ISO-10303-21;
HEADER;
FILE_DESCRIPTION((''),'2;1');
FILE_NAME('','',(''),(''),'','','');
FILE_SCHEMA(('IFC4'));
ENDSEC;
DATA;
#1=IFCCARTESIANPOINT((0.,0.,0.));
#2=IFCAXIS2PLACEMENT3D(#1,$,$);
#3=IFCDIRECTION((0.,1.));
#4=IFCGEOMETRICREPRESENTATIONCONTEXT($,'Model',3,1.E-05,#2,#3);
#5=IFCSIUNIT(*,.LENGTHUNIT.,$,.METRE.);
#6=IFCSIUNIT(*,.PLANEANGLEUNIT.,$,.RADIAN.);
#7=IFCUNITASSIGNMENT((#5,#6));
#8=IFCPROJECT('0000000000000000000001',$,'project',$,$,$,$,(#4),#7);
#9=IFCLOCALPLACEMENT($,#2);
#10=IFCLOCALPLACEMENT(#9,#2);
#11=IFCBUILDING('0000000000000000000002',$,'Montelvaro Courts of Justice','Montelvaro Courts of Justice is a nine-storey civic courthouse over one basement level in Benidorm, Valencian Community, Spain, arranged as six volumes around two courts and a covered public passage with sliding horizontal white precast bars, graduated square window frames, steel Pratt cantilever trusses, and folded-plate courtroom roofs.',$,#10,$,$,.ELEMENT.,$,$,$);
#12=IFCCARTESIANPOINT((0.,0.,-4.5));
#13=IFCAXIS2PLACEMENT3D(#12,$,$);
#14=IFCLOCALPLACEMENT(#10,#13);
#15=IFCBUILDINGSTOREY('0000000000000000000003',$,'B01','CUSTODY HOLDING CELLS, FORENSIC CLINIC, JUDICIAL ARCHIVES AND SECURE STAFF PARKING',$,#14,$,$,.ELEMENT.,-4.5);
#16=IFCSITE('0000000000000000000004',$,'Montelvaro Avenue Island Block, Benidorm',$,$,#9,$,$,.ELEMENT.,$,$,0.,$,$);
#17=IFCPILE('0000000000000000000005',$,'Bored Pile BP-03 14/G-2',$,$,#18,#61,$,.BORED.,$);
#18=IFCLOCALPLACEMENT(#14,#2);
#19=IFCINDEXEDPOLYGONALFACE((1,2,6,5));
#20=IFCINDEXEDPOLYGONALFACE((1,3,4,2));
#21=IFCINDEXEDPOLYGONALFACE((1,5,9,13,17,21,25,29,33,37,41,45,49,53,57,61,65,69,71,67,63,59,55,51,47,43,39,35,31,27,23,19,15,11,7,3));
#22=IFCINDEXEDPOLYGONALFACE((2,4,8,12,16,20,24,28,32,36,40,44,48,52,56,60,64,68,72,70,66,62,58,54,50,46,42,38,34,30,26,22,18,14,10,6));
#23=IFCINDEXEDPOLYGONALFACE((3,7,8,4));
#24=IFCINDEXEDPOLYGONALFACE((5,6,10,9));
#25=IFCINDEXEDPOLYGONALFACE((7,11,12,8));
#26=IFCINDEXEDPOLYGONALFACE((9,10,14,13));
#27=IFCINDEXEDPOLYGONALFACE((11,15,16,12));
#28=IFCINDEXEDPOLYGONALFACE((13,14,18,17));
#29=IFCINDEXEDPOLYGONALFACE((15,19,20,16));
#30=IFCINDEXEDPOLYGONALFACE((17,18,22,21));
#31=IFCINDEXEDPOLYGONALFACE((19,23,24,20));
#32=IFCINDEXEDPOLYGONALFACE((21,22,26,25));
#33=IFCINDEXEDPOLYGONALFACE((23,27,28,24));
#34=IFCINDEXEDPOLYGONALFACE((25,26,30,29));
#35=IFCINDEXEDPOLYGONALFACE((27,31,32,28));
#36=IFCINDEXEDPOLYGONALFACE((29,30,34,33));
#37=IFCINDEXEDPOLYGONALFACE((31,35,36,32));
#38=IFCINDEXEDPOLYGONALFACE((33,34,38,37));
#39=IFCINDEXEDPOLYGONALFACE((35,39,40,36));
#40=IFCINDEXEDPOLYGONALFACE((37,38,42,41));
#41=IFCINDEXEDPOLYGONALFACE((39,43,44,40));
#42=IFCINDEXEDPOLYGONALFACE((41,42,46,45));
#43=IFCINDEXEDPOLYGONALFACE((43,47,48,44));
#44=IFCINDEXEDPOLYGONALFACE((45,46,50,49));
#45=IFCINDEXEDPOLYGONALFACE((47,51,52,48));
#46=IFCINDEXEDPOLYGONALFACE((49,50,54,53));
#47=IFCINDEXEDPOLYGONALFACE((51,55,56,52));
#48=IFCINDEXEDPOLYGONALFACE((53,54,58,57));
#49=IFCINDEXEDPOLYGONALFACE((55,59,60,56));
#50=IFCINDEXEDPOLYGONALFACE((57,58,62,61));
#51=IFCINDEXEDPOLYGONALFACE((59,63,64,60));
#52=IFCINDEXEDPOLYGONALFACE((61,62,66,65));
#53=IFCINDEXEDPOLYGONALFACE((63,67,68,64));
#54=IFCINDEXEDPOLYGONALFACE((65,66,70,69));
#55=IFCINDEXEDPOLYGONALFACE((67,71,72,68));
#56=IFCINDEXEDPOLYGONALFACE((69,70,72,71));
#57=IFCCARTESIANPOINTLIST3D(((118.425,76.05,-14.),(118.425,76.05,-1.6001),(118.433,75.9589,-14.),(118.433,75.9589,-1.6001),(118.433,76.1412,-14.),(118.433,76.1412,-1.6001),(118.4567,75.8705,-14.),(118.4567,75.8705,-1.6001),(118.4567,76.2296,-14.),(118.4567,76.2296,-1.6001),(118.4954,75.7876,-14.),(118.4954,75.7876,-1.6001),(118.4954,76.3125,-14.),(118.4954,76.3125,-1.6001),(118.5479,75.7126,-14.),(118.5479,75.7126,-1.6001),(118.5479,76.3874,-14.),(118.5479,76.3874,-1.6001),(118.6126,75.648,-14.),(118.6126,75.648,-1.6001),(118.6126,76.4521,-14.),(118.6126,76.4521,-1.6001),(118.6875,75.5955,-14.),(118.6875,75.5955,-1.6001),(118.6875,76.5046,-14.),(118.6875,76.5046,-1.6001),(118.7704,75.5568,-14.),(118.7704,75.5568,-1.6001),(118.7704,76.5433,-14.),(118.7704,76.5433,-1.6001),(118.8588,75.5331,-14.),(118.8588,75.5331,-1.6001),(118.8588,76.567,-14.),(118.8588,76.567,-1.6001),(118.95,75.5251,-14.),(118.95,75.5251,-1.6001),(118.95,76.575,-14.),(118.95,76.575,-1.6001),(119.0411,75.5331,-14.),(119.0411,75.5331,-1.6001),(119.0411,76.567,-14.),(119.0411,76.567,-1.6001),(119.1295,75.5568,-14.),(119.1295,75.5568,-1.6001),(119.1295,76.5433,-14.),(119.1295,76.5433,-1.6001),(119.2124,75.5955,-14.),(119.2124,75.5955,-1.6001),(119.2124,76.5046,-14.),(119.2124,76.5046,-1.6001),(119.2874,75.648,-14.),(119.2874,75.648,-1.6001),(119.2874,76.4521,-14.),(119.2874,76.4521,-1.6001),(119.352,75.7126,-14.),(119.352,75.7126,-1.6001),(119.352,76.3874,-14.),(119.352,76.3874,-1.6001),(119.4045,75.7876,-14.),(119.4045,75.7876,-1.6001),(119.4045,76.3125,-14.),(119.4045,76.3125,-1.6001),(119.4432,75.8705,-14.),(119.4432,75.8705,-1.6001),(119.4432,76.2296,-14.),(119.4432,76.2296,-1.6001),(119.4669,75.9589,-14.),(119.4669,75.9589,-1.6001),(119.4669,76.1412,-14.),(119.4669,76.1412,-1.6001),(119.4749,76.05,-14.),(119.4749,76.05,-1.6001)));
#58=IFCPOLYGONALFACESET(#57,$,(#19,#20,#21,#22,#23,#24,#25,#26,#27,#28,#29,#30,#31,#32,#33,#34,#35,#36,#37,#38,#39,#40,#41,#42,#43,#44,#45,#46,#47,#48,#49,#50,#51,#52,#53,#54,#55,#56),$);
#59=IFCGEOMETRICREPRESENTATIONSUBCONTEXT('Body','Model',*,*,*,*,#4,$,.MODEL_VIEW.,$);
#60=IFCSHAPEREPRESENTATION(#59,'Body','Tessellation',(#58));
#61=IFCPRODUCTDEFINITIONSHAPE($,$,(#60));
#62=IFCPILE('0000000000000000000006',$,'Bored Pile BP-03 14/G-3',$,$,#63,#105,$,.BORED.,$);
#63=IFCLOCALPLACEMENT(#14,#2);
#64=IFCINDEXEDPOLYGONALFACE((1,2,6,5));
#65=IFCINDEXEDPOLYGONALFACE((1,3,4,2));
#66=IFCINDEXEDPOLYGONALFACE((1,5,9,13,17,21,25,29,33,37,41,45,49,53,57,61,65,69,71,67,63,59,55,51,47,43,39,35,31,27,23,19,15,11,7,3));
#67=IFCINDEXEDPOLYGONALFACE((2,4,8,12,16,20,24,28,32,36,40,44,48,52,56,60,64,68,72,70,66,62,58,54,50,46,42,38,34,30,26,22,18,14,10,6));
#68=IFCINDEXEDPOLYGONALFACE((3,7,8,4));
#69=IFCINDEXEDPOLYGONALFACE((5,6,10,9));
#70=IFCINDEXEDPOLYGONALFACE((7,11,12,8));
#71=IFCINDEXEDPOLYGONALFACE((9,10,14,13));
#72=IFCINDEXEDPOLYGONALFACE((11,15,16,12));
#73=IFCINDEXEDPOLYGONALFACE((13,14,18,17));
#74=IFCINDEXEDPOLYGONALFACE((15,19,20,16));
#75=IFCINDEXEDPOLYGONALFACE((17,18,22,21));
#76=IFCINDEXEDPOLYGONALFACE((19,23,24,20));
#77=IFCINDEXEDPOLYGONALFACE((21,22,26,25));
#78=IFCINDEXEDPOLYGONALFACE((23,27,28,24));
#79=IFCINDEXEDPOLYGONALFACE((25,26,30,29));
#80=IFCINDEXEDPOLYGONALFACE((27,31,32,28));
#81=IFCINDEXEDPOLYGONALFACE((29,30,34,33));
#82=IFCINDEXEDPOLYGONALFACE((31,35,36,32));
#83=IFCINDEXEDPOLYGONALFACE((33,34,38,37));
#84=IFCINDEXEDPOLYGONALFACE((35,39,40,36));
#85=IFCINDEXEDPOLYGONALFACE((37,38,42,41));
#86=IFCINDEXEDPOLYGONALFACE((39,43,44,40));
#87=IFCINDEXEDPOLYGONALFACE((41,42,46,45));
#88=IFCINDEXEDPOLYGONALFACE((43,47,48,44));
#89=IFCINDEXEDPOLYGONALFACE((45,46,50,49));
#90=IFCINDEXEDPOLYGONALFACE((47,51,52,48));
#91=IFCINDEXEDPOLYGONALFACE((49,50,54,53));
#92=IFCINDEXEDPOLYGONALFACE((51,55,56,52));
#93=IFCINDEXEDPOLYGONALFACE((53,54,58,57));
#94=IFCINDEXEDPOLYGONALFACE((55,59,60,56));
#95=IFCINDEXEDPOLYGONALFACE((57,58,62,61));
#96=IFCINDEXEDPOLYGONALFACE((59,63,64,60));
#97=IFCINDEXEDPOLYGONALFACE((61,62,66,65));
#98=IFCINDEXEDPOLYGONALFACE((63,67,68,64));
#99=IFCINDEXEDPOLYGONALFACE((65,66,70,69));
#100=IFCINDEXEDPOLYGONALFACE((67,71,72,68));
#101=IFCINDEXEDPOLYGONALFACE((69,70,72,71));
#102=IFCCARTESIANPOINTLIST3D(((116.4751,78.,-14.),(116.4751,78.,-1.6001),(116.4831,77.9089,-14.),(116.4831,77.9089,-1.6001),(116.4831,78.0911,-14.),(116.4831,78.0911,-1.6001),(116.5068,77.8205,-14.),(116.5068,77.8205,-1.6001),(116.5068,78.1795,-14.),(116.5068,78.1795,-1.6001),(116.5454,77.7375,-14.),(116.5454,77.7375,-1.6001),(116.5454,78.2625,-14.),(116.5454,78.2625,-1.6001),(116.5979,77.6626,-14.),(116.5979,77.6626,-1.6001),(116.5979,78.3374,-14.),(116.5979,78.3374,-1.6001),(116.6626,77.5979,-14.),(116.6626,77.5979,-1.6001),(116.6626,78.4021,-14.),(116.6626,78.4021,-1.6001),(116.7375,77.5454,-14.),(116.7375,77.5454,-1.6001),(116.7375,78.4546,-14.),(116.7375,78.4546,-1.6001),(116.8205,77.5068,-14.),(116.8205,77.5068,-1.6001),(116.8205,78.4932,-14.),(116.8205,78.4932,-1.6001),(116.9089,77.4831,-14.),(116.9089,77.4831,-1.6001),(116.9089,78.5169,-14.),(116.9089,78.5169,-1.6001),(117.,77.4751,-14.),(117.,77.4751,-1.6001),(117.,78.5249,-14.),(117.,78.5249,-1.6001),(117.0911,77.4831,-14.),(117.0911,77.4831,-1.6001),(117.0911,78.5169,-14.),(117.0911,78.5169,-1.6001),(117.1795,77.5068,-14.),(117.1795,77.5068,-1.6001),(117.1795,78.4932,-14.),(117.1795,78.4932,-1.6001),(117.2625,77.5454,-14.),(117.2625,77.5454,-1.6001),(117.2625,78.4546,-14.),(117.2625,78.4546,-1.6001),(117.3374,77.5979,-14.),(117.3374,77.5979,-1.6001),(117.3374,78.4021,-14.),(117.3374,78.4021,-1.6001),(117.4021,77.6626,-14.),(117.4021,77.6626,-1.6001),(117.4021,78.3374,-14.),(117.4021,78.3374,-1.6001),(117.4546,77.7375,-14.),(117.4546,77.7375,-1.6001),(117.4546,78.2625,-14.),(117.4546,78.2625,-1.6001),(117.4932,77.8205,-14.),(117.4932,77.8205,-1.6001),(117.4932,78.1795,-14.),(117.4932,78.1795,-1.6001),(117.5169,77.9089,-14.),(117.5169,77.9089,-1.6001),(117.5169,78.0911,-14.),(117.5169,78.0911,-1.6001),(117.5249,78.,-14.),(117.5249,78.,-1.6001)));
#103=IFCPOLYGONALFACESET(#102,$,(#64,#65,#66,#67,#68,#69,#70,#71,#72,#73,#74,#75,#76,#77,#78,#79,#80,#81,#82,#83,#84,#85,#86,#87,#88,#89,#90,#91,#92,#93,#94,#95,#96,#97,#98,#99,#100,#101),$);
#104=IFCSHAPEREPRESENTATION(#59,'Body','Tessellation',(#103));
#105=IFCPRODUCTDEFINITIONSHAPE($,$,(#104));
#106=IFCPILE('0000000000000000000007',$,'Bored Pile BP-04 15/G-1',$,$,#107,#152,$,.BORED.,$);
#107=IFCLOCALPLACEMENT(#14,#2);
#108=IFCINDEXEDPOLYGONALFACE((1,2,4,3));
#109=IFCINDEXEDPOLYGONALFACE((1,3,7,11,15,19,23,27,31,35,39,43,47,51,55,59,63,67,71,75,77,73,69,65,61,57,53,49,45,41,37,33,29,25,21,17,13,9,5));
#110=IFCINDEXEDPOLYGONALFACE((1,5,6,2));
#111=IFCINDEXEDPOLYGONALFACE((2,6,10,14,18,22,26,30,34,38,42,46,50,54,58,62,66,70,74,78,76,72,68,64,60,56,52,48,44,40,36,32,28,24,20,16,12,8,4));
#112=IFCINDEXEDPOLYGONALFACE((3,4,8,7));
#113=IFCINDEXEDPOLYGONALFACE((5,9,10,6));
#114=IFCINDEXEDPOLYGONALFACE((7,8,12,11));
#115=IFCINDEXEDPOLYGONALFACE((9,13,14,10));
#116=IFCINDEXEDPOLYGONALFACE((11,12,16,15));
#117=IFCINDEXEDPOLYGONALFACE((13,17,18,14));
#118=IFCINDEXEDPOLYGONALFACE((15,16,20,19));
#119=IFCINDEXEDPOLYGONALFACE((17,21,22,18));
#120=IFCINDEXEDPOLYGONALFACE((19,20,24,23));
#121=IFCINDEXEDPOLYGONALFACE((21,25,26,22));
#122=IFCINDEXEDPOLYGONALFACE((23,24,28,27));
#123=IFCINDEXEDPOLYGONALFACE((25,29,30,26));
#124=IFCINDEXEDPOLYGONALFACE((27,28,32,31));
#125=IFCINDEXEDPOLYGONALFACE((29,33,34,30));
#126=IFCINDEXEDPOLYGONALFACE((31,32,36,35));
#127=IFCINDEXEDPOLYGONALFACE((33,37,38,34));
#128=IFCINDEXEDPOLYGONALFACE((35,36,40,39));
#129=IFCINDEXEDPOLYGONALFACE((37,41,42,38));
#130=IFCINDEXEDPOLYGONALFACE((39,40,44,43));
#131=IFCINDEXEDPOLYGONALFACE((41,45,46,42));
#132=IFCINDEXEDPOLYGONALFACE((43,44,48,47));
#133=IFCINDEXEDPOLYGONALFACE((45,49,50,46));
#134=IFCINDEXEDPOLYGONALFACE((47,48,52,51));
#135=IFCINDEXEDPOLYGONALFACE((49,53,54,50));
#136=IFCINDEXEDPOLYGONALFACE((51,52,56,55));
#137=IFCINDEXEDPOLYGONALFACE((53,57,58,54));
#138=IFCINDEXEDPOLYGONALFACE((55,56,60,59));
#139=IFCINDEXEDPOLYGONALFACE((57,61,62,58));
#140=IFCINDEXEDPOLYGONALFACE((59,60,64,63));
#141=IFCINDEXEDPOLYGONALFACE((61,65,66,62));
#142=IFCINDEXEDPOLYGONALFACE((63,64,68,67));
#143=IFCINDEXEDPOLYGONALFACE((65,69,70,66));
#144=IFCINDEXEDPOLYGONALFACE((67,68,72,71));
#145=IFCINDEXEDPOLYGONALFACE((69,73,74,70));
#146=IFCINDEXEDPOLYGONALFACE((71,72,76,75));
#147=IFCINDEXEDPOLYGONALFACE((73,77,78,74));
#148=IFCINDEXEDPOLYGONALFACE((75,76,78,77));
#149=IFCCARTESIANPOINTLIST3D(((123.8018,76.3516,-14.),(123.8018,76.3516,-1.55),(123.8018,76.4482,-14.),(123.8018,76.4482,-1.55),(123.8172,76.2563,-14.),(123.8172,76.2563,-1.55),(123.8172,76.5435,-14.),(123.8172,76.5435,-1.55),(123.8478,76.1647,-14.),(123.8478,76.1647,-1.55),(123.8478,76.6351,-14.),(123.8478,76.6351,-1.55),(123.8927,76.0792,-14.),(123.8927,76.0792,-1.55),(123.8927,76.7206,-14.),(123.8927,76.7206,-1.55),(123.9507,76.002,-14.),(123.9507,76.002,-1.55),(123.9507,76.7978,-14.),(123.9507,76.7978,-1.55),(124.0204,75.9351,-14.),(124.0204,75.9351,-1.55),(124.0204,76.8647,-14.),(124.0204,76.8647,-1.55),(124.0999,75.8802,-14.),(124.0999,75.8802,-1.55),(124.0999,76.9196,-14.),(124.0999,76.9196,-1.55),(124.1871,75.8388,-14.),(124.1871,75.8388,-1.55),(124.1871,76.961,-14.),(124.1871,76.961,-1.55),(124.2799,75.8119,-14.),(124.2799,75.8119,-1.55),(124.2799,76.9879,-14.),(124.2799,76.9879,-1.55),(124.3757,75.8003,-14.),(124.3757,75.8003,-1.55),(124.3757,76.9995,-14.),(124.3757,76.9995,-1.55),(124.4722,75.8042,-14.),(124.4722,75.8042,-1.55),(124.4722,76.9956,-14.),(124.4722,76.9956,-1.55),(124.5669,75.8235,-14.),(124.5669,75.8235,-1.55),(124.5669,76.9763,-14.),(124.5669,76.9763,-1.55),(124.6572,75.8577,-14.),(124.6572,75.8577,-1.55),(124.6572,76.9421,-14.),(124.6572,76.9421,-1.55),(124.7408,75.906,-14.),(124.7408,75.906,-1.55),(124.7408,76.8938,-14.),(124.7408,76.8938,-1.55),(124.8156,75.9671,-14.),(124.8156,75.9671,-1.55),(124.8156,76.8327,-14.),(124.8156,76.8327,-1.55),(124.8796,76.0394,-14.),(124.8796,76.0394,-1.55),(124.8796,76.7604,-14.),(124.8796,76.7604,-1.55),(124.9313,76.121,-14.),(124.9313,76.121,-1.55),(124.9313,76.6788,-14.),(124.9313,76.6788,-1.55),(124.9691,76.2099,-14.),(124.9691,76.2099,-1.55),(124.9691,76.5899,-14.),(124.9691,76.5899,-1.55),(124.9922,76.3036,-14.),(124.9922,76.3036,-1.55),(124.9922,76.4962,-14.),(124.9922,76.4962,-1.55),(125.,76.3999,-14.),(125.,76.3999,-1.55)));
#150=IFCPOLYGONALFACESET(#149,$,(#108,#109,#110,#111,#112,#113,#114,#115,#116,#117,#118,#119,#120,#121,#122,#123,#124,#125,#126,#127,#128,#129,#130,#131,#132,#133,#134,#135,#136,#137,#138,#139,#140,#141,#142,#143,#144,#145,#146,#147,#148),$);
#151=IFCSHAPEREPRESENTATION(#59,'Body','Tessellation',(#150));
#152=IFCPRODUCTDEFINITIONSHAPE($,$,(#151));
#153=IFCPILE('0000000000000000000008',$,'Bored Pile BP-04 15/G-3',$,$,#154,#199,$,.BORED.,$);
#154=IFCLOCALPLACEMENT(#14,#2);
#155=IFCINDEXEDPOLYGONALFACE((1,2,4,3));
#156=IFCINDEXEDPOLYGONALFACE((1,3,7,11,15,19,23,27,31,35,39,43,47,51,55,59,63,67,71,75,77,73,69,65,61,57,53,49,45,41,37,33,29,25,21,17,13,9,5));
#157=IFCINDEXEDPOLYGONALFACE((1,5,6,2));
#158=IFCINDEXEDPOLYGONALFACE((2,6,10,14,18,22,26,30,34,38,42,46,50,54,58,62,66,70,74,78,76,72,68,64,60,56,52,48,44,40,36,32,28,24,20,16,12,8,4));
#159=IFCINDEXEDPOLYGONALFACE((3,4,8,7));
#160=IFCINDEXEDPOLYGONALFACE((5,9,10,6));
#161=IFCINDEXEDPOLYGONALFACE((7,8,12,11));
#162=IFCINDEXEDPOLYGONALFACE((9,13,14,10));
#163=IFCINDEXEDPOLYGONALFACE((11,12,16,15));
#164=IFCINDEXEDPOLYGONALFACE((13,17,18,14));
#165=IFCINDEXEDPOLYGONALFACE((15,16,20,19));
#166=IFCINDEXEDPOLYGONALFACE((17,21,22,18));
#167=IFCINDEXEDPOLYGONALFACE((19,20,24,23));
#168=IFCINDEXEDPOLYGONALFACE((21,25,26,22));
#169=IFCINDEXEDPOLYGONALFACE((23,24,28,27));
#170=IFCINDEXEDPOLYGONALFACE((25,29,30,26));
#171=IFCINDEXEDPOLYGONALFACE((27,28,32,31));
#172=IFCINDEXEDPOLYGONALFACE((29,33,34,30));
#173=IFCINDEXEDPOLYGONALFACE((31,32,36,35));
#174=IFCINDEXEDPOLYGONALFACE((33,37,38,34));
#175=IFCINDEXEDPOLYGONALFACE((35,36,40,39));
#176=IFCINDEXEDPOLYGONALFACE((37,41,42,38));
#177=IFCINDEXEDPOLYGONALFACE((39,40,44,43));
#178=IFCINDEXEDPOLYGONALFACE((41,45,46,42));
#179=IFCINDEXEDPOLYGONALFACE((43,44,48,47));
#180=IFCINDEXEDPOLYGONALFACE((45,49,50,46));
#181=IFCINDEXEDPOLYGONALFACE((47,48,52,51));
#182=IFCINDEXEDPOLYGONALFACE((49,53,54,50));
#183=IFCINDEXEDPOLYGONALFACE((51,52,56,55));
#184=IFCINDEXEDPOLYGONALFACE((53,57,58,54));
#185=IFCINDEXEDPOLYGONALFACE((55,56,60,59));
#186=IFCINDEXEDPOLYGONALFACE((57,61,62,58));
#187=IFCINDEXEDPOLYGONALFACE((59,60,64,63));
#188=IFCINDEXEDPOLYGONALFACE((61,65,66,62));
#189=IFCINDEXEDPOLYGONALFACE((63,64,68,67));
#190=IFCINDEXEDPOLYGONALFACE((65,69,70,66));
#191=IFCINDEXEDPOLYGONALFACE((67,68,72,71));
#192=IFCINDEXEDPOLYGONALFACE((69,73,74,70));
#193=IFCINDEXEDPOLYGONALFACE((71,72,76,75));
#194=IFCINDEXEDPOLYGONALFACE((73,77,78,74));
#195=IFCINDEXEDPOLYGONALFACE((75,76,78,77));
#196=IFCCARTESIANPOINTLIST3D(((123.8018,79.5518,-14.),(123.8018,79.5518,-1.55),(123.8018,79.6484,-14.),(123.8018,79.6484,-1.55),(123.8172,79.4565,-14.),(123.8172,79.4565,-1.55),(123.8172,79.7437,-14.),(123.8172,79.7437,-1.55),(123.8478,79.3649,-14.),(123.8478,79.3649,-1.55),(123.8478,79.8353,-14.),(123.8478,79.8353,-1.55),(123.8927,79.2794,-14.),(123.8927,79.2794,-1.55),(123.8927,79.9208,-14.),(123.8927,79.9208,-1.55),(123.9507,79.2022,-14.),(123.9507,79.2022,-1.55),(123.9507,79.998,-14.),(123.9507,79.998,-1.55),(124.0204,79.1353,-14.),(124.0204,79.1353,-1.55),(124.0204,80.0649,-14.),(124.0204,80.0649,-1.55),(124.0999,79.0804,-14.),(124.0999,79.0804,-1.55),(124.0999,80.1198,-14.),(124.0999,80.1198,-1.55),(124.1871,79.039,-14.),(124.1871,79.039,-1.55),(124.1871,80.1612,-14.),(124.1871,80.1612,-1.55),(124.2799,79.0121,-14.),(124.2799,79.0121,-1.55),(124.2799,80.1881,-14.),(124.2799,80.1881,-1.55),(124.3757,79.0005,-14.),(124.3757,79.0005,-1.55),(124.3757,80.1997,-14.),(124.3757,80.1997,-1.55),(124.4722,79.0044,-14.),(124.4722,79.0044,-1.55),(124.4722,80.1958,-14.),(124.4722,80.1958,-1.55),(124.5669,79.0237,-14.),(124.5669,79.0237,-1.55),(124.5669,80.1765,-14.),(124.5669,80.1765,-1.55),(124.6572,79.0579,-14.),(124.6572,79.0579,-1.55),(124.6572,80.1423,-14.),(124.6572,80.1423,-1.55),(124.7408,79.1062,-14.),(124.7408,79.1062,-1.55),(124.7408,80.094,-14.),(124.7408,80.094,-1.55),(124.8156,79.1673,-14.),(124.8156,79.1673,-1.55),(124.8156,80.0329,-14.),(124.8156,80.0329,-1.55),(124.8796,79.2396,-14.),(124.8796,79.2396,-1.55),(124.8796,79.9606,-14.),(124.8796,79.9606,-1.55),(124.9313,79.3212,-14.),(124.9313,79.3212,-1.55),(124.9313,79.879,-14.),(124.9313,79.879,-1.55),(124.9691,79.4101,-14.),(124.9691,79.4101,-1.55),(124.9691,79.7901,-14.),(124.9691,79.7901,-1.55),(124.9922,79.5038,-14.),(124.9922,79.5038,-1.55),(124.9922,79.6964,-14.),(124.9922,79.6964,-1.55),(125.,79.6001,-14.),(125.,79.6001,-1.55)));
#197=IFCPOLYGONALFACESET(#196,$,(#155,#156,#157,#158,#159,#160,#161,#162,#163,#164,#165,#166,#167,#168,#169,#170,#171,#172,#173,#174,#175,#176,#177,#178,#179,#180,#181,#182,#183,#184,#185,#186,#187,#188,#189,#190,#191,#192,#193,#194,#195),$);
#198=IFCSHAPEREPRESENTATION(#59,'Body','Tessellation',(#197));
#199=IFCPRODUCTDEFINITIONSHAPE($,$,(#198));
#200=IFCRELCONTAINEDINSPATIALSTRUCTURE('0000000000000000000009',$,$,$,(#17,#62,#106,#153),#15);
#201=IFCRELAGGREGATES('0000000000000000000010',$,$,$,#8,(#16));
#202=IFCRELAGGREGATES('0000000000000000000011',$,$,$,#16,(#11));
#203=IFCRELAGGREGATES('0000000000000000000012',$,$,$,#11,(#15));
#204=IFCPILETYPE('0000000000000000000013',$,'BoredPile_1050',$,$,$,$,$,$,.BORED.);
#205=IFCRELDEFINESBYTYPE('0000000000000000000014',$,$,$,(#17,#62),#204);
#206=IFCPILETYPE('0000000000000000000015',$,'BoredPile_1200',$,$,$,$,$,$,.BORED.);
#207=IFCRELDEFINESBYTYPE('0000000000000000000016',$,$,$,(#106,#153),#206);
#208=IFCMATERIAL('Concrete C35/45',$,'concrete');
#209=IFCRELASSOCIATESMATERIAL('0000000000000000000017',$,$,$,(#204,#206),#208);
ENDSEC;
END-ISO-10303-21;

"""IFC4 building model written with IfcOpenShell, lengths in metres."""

from ifc_helpers import new_model, si_unit, direction, frame, origin, origin_2d, place, context, subcontext, project, spatial, circle, extrude, material, material_profile, profile_set, type_object, element, save


model = new_model("IFC4")

# Units and contexts
model_context = context("Model", 3, precision=1e-05, world=origin(), true_north=direction((0.0, 1.0)))
body_context = subcontext(model_context, "Body", "Model", "MODEL_VIEW")
ifc_project = project(units=[si_unit("LENGTHUNIT", "METRE"), si_unit("PLANEANGLEUNIT", "RADIAN")], contexts=[model_context])

# Site, building, storey
site_placement = place(None, origin())
site = spatial("IfcSite", under=ifc_project, at=site_placement, Name="Montelvaro Avenue Island Block, Benidorm", CompositionType="ELEMENT", RefElevation=0.0)
building_placement = place(site_placement, origin())
building = spatial("IfcBuilding", under=site, at=building_placement, Name="Montelvaro Courts of Justice", Description="Montelvaro Courts of Justice is a nine-storey civic courthouse over one basement level in Benidorm, Valencian Community, Spain, arranged as six volumes around two courts and a covered public passage with sliding horizontal white precast bars, graduated square window frames, steel Pratt cantilever trusses, and folded-plate courtroom roofs.", CompositionType="ELEMENT")
storey_placement = place(building_placement, frame((0.0, 0.0, -4.5)))
storey = spatial("IfcBuildingStorey", under=building, at=storey_placement, Name="B01", Description="CUSTODY HOLDING CELLS, FORENSIC CLINIC, JUDICIAL ARCHIVES AND SECURE STAFF PARKING", CompositionType="ELEMENT", Elevation=-4.5)

# Piles
ifc_material_1 = material(Name="Concrete C35/45", Category="concrete")
ifc_material_profile_1 = material_profile(ifc_material_1, circle(Radius=0.5249, at=origin_2d()), Name="BORED PILE D1050")
ifc_profile_set_1 = profile_set([ifc_material_profile_1], Name="Concrete C35/45")
pile_type_1 = type_object("IfcPileType", Name="BoredPile_1050", PredefinedType="BORED", material=ifc_profile_set_1)
for number, where, z_axis, x_axis, name in (
    (1, (118.95, 76.05, -1.6001), (0.0, 0.0, -1.0), (1.0, 0.0, 0.0), "Bored Pile BP-03 14/G-2"),
    (2, (117.0, 78.0, -1.6001), (0.0, 0.0, -1.0), (1.0, 0.0, 0.0), "Bored Pile BP-03 14/G-3"),
):
    element("IfcPile", number, at=place(storey_placement, frame(where, z_axis=z_axis, x_axis=x_axis)), inside=storey, type_object=pile_type_1, Name=name, PredefinedType="BORED", context=body_context, shape_type="SweptSolid", body=[
        extrude(circle(Radius=0.5249, at=origin_2d()), origin(), (0.0, 0.0, 1.0), 12.3999),
    ])
ifc_material_profile_2 = material_profile(ifc_material_1, circle(Radius=0.6001, at=origin_2d()), Name="BORED PILE D1200")
ifc_profile_set_2 = profile_set([ifc_material_profile_2], Name="Concrete C35/45")
pile_type_2 = type_object("IfcPileType", Name="BoredPile_1200", PredefinedType="BORED", material=ifc_profile_set_2)
for number, where, z_axis, x_axis, name in (
    (3, (124.3999, 76.3999, -1.55), (0.0, 0.0, -1.0), (1.0, 0.0, 0.0), "Bored Pile BP-04 15/G-1"),
    (4, (124.3999, 79.6001, -1.55), (0.0, 0.0, -1.0), (1.0, 0.0, 0.0), "Bored Pile BP-04 15/G-3"),
):
    element("IfcPile", number, at=place(storey_placement, frame(where, z_axis=z_axis, x_axis=x_axis)), inside=storey, type_object=pile_type_2, Name=name, PredefinedType="BORED", context=body_context, shape_type="SweptSolid", body=[
        extrude(circle(Radius=0.6001, at=origin_2d()), origin(), (0.0, 0.0, 1.0), 12.45),
    ])

save(model, "model.ifc")
